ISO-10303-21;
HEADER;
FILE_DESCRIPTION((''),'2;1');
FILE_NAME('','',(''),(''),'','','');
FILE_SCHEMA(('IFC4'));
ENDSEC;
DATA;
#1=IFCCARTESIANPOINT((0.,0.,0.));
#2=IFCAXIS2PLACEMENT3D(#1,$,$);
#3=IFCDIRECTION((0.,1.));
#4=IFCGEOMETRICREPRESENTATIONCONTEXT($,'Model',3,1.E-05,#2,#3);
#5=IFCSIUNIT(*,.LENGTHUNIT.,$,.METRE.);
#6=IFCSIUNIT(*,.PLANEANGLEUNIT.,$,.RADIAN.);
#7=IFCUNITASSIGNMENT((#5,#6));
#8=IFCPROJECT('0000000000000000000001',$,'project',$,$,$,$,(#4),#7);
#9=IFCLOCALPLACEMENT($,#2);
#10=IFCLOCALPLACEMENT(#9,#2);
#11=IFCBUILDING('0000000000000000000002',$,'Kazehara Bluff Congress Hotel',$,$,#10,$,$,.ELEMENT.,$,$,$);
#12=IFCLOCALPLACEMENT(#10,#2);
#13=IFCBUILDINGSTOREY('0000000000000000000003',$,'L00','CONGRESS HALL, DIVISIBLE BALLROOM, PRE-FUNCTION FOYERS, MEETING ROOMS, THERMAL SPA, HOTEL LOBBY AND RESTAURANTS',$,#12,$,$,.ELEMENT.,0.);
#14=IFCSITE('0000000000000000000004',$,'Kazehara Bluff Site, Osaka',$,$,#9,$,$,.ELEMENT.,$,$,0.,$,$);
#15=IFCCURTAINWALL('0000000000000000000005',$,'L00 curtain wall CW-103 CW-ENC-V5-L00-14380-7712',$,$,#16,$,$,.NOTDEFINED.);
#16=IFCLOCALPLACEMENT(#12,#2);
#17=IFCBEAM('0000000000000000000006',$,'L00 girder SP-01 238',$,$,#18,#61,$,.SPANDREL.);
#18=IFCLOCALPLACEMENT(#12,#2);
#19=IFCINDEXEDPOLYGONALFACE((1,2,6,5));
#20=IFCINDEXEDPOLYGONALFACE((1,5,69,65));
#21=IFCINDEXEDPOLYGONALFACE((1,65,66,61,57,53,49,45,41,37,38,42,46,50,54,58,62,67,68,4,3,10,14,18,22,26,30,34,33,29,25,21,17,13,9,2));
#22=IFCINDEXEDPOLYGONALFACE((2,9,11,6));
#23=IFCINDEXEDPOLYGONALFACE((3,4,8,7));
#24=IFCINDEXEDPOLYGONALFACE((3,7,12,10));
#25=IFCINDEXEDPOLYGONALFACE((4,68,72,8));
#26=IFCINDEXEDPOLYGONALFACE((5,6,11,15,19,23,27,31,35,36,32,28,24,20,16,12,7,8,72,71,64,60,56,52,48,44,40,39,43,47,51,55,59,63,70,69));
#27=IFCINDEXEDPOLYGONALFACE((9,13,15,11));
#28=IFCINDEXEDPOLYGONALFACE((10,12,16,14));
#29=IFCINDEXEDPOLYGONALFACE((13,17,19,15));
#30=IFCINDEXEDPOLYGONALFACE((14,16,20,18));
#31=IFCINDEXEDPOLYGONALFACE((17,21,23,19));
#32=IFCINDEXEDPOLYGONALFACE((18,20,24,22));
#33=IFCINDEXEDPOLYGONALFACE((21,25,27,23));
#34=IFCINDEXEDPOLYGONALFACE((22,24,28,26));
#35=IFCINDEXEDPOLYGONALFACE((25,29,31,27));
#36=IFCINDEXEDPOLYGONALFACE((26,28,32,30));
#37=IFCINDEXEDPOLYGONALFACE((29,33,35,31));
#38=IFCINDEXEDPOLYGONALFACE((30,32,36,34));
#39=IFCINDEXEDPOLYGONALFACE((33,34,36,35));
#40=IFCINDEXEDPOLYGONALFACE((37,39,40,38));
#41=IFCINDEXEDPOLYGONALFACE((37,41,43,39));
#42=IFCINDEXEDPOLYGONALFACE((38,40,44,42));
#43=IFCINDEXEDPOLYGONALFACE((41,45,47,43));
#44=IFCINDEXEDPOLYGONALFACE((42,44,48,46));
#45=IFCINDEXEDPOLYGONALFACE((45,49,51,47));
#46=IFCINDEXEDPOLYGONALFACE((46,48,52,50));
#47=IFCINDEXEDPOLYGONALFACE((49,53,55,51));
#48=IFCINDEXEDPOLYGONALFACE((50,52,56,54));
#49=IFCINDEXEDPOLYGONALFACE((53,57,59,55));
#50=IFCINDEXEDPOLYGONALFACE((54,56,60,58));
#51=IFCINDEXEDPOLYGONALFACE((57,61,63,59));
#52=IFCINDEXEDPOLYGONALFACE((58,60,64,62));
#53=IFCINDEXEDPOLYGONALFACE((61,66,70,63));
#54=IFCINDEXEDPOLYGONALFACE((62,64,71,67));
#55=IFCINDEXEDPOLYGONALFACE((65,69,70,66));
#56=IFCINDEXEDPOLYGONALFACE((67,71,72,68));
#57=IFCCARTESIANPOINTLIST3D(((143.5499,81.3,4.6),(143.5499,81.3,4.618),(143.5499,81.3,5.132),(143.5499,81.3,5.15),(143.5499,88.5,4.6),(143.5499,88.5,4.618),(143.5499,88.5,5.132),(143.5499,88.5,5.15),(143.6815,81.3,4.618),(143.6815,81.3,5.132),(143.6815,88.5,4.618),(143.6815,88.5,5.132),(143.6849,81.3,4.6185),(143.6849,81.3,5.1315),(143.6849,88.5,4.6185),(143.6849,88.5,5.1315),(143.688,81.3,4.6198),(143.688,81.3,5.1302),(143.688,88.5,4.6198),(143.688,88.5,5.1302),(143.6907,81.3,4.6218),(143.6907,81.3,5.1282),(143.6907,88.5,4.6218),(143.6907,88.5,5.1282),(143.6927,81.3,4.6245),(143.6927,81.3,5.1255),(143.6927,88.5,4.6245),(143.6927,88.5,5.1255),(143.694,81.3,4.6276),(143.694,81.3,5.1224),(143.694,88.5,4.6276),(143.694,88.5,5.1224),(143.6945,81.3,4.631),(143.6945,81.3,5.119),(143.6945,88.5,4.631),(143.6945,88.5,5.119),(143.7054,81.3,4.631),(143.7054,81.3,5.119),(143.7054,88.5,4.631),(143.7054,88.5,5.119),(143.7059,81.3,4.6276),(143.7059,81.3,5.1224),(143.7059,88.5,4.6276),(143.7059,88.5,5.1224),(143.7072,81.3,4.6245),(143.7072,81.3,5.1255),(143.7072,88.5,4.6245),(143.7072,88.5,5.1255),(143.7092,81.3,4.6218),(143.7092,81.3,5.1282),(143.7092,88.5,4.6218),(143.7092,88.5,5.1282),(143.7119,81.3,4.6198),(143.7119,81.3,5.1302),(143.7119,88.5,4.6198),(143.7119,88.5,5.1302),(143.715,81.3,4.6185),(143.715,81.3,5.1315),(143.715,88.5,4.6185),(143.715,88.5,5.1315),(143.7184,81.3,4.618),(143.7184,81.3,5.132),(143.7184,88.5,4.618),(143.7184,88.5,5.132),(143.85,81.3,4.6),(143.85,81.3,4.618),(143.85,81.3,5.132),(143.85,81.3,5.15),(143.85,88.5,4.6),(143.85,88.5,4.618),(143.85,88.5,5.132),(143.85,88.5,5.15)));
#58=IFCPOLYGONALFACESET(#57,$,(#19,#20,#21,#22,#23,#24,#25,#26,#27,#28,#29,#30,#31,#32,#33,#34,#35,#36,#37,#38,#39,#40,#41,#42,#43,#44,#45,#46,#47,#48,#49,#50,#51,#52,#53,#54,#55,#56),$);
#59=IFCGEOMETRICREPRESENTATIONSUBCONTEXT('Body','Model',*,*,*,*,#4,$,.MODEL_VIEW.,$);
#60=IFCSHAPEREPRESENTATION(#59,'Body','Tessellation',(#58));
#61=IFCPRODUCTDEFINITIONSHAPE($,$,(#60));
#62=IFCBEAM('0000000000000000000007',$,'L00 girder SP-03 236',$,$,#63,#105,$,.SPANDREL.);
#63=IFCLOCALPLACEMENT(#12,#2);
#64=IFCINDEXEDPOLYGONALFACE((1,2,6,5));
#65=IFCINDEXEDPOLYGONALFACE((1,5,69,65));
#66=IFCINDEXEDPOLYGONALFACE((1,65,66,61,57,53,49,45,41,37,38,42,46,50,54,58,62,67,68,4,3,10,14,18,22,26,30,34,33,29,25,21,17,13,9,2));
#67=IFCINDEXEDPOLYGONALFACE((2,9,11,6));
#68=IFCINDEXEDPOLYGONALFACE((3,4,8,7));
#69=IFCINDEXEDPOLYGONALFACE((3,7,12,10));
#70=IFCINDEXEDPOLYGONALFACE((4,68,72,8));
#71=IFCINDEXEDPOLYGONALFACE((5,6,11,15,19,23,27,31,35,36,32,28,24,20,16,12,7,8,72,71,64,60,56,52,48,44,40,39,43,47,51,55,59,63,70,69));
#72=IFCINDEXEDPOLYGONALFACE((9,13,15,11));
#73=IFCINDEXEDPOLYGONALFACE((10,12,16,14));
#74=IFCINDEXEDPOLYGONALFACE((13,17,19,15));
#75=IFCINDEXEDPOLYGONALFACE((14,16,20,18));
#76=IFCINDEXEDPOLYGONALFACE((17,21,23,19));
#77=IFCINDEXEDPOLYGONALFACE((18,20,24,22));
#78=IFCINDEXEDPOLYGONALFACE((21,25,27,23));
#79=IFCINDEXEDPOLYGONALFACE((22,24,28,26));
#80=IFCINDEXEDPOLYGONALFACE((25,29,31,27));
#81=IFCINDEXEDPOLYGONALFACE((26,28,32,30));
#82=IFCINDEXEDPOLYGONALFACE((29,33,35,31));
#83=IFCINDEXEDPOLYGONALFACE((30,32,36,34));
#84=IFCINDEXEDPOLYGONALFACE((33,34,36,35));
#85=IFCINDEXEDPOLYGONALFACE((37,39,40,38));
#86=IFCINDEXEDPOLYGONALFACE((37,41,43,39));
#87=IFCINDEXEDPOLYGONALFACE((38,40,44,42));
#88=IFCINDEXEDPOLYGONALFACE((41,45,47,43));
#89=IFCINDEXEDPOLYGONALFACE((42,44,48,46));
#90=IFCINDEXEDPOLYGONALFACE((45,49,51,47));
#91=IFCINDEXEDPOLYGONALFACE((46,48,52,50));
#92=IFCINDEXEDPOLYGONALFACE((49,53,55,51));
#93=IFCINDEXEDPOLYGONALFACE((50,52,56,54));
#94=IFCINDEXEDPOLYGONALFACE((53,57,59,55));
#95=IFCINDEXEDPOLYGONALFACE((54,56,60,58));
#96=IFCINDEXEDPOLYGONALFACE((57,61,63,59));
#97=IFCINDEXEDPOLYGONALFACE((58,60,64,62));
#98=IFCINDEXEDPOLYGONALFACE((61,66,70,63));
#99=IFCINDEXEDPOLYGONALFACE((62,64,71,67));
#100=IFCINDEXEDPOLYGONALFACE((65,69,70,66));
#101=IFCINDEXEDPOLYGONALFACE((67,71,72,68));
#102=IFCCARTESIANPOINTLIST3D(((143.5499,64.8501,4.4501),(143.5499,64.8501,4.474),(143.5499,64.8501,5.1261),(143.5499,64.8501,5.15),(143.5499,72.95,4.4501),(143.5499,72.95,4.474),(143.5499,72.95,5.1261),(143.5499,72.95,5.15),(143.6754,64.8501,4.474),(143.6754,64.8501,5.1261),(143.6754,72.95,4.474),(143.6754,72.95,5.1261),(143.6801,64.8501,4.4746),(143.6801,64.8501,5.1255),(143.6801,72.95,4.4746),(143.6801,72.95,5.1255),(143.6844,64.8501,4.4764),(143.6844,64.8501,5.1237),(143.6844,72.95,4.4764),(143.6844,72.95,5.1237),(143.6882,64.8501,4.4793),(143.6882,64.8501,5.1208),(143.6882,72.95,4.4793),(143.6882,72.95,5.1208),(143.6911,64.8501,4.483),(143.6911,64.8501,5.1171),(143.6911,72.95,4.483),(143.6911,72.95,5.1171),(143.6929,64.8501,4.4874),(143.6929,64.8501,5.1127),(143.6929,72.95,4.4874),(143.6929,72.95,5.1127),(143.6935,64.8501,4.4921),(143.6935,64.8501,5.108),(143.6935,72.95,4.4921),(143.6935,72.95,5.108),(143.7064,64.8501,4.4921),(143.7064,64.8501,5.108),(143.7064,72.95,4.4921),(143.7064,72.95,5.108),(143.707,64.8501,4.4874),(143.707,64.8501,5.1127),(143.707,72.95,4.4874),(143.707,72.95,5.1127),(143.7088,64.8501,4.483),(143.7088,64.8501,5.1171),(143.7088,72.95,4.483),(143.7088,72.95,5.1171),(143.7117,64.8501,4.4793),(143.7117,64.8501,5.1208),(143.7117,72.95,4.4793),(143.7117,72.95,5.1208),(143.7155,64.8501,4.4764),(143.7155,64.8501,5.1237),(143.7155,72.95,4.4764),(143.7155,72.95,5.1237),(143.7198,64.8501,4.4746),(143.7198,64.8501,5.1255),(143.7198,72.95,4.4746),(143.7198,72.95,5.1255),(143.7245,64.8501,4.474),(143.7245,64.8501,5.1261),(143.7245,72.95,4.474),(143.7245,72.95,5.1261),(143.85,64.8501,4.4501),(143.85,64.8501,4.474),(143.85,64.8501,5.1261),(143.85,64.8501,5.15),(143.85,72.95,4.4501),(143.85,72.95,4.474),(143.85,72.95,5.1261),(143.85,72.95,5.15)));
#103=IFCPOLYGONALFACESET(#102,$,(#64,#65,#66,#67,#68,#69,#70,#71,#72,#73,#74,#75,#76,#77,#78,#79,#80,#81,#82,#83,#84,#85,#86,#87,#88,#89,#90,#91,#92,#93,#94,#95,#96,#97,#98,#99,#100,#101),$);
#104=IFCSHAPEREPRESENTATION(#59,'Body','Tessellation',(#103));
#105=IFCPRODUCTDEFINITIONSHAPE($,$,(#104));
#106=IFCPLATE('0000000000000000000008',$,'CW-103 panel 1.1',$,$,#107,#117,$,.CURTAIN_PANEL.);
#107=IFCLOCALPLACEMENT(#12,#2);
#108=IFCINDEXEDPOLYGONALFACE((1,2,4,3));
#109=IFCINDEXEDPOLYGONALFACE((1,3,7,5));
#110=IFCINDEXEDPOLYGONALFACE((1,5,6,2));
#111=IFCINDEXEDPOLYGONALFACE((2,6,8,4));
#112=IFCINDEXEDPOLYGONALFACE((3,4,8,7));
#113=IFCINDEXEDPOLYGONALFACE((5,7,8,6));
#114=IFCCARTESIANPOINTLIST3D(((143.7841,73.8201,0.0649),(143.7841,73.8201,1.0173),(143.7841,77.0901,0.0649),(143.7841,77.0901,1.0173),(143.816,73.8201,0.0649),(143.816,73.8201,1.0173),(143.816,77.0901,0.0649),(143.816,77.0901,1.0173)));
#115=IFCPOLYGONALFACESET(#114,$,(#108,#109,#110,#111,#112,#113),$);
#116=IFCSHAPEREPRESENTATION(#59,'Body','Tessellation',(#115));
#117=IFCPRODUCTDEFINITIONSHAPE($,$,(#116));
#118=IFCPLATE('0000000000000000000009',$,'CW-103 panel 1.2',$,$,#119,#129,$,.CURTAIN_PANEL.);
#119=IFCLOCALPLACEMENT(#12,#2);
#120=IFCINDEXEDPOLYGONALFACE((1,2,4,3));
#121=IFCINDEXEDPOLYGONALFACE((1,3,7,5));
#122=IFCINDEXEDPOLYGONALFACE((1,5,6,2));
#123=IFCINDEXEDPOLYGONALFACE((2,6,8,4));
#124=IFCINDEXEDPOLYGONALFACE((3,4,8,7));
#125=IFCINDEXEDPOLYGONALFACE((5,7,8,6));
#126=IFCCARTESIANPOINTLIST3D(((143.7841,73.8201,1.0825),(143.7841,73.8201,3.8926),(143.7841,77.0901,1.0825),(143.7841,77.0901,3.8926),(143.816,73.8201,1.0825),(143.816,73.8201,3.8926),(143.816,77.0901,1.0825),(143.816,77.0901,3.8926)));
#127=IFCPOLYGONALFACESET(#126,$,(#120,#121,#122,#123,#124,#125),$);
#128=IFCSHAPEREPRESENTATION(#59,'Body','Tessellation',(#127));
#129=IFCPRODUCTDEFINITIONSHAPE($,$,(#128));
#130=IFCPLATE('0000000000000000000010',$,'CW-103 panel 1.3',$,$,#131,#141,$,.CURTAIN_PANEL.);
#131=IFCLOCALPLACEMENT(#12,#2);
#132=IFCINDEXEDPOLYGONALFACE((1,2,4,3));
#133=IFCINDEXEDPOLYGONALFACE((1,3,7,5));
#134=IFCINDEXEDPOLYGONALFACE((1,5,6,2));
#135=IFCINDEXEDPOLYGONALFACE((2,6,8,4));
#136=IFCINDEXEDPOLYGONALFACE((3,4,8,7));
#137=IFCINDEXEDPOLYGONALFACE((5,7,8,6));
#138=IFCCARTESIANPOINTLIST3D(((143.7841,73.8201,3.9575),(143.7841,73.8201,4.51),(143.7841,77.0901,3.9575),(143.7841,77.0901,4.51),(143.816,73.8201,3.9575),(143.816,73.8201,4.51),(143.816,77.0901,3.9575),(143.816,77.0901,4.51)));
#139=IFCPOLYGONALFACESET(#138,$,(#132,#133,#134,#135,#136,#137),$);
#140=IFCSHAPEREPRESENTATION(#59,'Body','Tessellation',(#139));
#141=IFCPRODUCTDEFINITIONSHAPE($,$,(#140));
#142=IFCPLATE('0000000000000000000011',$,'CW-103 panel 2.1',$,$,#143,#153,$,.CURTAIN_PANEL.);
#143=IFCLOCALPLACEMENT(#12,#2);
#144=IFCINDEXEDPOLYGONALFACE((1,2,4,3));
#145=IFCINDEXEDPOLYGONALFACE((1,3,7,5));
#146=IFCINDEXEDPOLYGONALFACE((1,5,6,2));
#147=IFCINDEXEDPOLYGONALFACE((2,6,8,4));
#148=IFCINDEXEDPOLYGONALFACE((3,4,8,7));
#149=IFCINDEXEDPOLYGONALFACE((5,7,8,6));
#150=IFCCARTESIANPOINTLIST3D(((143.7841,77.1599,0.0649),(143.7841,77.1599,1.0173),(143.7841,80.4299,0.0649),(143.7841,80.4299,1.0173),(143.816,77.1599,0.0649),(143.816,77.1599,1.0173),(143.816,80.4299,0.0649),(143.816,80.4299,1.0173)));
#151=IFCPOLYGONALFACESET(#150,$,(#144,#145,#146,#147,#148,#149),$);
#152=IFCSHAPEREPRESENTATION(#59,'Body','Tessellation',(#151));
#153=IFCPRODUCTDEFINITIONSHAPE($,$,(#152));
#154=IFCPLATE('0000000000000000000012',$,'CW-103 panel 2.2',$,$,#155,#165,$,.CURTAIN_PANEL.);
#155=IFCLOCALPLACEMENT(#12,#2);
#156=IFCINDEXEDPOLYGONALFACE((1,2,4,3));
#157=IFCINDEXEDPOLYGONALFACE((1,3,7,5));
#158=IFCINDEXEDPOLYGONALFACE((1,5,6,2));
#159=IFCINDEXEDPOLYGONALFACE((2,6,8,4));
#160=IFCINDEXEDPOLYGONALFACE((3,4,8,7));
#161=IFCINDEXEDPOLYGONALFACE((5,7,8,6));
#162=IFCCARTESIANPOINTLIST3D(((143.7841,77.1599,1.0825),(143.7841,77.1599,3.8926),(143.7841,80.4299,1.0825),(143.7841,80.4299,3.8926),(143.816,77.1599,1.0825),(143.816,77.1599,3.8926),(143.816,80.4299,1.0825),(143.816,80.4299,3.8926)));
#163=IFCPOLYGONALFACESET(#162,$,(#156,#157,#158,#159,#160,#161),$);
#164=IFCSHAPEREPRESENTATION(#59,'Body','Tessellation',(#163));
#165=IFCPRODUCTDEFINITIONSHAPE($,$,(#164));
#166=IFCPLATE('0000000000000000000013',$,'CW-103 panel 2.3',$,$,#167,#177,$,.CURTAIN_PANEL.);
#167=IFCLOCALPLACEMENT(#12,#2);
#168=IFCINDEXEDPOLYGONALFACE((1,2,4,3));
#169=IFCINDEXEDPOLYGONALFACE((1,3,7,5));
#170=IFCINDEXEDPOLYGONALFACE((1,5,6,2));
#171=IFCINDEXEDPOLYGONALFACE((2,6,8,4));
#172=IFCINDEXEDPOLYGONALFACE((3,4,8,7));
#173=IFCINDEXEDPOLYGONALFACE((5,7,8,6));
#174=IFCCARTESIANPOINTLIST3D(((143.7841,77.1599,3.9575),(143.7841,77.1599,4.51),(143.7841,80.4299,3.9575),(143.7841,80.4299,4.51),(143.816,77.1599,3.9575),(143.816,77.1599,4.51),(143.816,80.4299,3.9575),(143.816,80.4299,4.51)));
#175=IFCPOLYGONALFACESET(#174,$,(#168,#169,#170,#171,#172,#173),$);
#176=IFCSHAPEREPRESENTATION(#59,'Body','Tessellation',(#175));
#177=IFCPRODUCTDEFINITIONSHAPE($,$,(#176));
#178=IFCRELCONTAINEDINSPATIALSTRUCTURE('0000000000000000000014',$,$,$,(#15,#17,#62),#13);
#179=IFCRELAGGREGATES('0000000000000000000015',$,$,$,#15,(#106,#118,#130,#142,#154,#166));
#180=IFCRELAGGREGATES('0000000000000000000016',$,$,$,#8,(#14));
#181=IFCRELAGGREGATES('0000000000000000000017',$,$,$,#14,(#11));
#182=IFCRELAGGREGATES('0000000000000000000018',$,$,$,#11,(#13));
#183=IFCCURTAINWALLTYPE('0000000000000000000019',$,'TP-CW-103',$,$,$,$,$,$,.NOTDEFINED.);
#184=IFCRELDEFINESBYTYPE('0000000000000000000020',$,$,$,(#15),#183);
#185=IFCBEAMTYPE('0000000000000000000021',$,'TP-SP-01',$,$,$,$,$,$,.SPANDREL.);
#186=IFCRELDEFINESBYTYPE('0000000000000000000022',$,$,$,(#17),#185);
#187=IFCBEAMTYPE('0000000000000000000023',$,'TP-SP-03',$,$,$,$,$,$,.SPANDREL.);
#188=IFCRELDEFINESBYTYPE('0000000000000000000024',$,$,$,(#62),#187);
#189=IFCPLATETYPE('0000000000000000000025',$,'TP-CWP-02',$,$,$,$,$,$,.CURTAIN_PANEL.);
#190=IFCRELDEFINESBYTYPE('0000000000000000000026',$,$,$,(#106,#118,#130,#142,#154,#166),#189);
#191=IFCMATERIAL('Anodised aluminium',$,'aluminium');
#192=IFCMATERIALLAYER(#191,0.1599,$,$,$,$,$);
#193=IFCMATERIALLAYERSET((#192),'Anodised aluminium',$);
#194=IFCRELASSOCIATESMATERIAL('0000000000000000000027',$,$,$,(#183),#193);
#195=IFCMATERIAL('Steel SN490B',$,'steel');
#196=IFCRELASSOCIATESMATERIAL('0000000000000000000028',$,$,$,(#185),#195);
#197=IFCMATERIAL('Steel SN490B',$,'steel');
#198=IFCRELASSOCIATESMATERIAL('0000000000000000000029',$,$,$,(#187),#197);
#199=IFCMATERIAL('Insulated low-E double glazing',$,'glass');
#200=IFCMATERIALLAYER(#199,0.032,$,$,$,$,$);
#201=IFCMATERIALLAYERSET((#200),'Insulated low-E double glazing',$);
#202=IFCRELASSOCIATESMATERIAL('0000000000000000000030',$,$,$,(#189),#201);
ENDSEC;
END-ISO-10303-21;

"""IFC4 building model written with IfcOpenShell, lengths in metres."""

from ifc_helpers import new_model, si_unit, direction, frame, origin, origin_2d, place, context, subcontext, project, spatial, rectangle, i_section, extrude, material, layer, layer_set, material_profile, profile_set, type_object, element, aggregate, save


model = new_model("IFC4")

# Units and contexts
model_context = context("Model", 3, precision=1e-05, world=origin(), true_north=direction((0.0, 1.0)))
body_context = subcontext(model_context, "Body", "Model", "MODEL_VIEW")
ifc_project = project(units=[si_unit("LENGTHUNIT", "METRE"), si_unit("PLANEANGLEUNIT", "RADIAN")], contexts=[model_context])

# Site, building, storey
site_placement = place(None, origin())
site = spatial("IfcSite", under=ifc_project, at=site_placement, Name="Kazehara Bluff Site, Osaka", CompositionType="ELEMENT", RefElevation=0.0)
building_placement = place(site_placement, origin())
building = spatial("IfcBuilding", under=site, at=building_placement, Name="Kazehara Bluff Congress Hotel", CompositionType="ELEMENT")
storey_placement = place(building_placement, origin())
storey = spatial("IfcBuildingStorey", under=building, at=storey_placement, Name="L00", Description="CONGRESS HALL, DIVISIBLE BALLROOM, PRE-FUNCTION FOYERS, MEETING ROOMS, THERMAL SPA, HOTEL LOBBY AND RESTAURANTS", CompositionType="ELEMENT", Elevation=0.0)

# Curtain wall
ifc_material_1 = material(Name="Anodised aluminium", Category="aluminium")
ifc_layer_1 = layer(ifc_material_1, 0.1599)
ifc_layer_set_1 = layer_set([ifc_layer_1], Name="Anodised aluminium")
curtain_wall_type = type_object("IfcCurtainWallType", Name="TP-CW-103", PredefinedType="NOTDEFINED", material=ifc_layer_set_1)
curtain_wall_placement = place(storey_placement, origin())
curtain_wall = element("IfcCurtainWall", 1, at=curtain_wall_placement, inside=storey, type_object=curtain_wall_type, Name="L00 curtain wall CW-103 CW-ENC-V5-L00-14380-7712", PredefinedType="NOTDEFINED")

# Beams
ifc_material_2 = material(Name="Steel SN490B", Category="steel")
ifc_material_profile_1 = material_profile(ifc_material_2, i_section(OverallWidth=0.3, OverallDepth=0.55, WebThickness=0.011, FlangeThickness=0.0181, FilletRadius=0.0129, at=origin_2d()))
ifc_profile_set_1 = profile_set([ifc_material_profile_1], Name="Steel SN490B")
beam_type_1 = type_object("IfcBeamType", Name="TP-SP-01", PredefinedType="SPANDREL", material=ifc_profile_set_1)
beam_1_placement = place(storey_placement, frame((143.7, 81.3, 4.875), z_axis=(0.0, 1.0, 0.0), x_axis=(-1.0, 0.0, 0.0)))
element("IfcBeam", 2, at=beam_1_placement, inside=storey, type_object=beam_type_1, Name="L00 girder SP-01 238", PredefinedType="SPANDREL", context=body_context, shape_type="SweptSolid", body=[
    extrude(i_section(OverallWidth=0.3, OverallDepth=0.55, WebThickness=0.011, FlangeThickness=0.0181, FilletRadius=0.0129, at=origin_2d()), origin(), (0.0, 0.0, 1.0), 7.2),
])
ifc_material_3 = material(Name="Steel SN490B", Category="steel")
ifc_material_profile_2 = material_profile(ifc_material_3, i_section(OverallWidth=0.3, OverallDepth=0.7, WebThickness=0.0129, FlangeThickness=0.0239, FilletRadius=0.0181, at=origin_2d()))
ifc_profile_set_2 = profile_set([ifc_material_profile_2], Name="Steel SN490B")
beam_type_2 = type_object("IfcBeamType", Name="TP-SP-03", PredefinedType="SPANDREL", material=ifc_profile_set_2)
beam_2_placement = place(storey_placement, frame((143.7, 64.8501, 4.8), z_axis=(0.0, 1.0, 0.0), x_axis=(-1.0, 0.0, 0.0)))
element("IfcBeam", 3, at=beam_2_placement, inside=storey, type_object=beam_type_2, Name="L00 girder SP-03 236", PredefinedType="SPANDREL", context=body_context, shape_type="SweptSolid", body=[
    extrude(i_section(OverallWidth=0.3, OverallDepth=0.7, WebThickness=0.0129, FlangeThickness=0.0239, FilletRadius=0.0181, at=origin_2d()), origin(), (0.0, 0.0, 1.0), 8.0999),
])

# Plates
ifc_material_4 = material(Name="Insulated low-E double glazing", Category="glass")
ifc_layer_2 = layer(ifc_material_4, 0.032)
ifc_layer_set_2 = layer_set([ifc_layer_2], Name="Insulated low-E double glazing")
plate_type = type_object("IfcPlateType", Name="TP-CWP-02", PredefinedType="CURTAIN_PANEL", material=ifc_layer_set_2)
plate_1_placement = place(storey_placement, frame((143.8, 75.4551, 0.0649), z_axis=(0.0, 0.0, 1.0), x_axis=(0.0, 1.0, 0.0)))
plate_1 = element("IfcPlate", 4, at=plate_1_placement, type_object=plate_type, Name="CW-103 panel 1.1", PredefinedType="CURTAIN_PANEL", context=body_context, shape_type="SweptSolid", body=[
    extrude(rectangle(XDim=3.27, YDim=0.032, at=origin_2d()), origin(), (0.0, 0.0, 1.0), 0.9524),
])
plate_2_placement = place(storey_placement, frame((143.8, 75.4551, 1.0825), z_axis=(0.0, 0.0, 1.0), x_axis=(0.0, 1.0, 0.0)))
plate_2 = element("IfcPlate", 5, at=plate_2_placement, type_object=plate_type, Name="CW-103 panel 1.2", PredefinedType="CURTAIN_PANEL", context=body_context, shape_type="SweptSolid", body=[
    extrude(rectangle(XDim=3.27, YDim=0.032, at=origin_2d()), origin(), (0.0, 0.0, 1.0), 2.8101),
])
plate_3_placement = place(storey_placement, frame((143.8, 75.4551, 3.9575), z_axis=(0.0, 0.0, 1.0), x_axis=(0.0, 1.0, 0.0)))
plate_3 = element("IfcPlate", 6, at=plate_3_placement, type_object=plate_type, Name="CW-103 panel 1.3", PredefinedType="CURTAIN_PANEL", context=body_context, shape_type="SweptSolid", body=[
    extrude(rectangle(XDim=3.27, YDim=0.032, at=origin_2d()), origin(), (0.0, 0.0, 1.0), 0.5525),
])
plate_4_placement = place(storey_placement, frame((143.8, 78.7949, 0.0649), z_axis=(0.0, 0.0, 1.0), x_axis=(0.0, 1.0, 0.0)))
plate_4 = element("IfcPlate", 7, at=plate_4_placement, type_object=plate_type, Name="CW-103 panel 2.1", PredefinedType="CURTAIN_PANEL", context=body_context, shape_type="SweptSolid", body=[
    extrude(rectangle(XDim=3.27, YDim=0.032, at=origin_2d()), origin(), (0.0, 0.0, 1.0), 0.9524),
])
plate_5_placement = place(storey_placement, frame((143.8, 78.7949, 1.0825), z_axis=(0.0, 0.0, 1.0), x_axis=(0.0, 1.0, 0.0)))
plate_5 = element("IfcPlate", 8, at=plate_5_placement, type_object=plate_type, Name="CW-103 panel 2.2", PredefinedType="CURTAIN_PANEL", context=body_context, shape_type="SweptSolid", body=[
    extrude(rectangle(XDim=3.27, YDim=0.032, at=origin_2d()), origin(), (0.0, 0.0, 1.0), 2.8101),
])
plate_6_placement = place(storey_placement, frame((143.8, 78.7949, 3.9575), z_axis=(0.0, 0.0, 1.0), x_axis=(0.0, 1.0, 0.0)))
plate_6 = element("IfcPlate", 9, at=plate_6_placement, type_object=plate_type, Name="CW-103 panel 2.3", PredefinedType="CURTAIN_PANEL", context=body_context, shape_type="SweptSolid", body=[
    extrude(rectangle(XDim=3.27, YDim=0.032, at=origin_2d()), origin(), (0.0, 0.0, 1.0), 0.5525),
])
aggregate(curtain_wall, [plate_1, plate_2, plate_3, plate_4, plate_5, plate_6])

save(model, "model.ifc")
